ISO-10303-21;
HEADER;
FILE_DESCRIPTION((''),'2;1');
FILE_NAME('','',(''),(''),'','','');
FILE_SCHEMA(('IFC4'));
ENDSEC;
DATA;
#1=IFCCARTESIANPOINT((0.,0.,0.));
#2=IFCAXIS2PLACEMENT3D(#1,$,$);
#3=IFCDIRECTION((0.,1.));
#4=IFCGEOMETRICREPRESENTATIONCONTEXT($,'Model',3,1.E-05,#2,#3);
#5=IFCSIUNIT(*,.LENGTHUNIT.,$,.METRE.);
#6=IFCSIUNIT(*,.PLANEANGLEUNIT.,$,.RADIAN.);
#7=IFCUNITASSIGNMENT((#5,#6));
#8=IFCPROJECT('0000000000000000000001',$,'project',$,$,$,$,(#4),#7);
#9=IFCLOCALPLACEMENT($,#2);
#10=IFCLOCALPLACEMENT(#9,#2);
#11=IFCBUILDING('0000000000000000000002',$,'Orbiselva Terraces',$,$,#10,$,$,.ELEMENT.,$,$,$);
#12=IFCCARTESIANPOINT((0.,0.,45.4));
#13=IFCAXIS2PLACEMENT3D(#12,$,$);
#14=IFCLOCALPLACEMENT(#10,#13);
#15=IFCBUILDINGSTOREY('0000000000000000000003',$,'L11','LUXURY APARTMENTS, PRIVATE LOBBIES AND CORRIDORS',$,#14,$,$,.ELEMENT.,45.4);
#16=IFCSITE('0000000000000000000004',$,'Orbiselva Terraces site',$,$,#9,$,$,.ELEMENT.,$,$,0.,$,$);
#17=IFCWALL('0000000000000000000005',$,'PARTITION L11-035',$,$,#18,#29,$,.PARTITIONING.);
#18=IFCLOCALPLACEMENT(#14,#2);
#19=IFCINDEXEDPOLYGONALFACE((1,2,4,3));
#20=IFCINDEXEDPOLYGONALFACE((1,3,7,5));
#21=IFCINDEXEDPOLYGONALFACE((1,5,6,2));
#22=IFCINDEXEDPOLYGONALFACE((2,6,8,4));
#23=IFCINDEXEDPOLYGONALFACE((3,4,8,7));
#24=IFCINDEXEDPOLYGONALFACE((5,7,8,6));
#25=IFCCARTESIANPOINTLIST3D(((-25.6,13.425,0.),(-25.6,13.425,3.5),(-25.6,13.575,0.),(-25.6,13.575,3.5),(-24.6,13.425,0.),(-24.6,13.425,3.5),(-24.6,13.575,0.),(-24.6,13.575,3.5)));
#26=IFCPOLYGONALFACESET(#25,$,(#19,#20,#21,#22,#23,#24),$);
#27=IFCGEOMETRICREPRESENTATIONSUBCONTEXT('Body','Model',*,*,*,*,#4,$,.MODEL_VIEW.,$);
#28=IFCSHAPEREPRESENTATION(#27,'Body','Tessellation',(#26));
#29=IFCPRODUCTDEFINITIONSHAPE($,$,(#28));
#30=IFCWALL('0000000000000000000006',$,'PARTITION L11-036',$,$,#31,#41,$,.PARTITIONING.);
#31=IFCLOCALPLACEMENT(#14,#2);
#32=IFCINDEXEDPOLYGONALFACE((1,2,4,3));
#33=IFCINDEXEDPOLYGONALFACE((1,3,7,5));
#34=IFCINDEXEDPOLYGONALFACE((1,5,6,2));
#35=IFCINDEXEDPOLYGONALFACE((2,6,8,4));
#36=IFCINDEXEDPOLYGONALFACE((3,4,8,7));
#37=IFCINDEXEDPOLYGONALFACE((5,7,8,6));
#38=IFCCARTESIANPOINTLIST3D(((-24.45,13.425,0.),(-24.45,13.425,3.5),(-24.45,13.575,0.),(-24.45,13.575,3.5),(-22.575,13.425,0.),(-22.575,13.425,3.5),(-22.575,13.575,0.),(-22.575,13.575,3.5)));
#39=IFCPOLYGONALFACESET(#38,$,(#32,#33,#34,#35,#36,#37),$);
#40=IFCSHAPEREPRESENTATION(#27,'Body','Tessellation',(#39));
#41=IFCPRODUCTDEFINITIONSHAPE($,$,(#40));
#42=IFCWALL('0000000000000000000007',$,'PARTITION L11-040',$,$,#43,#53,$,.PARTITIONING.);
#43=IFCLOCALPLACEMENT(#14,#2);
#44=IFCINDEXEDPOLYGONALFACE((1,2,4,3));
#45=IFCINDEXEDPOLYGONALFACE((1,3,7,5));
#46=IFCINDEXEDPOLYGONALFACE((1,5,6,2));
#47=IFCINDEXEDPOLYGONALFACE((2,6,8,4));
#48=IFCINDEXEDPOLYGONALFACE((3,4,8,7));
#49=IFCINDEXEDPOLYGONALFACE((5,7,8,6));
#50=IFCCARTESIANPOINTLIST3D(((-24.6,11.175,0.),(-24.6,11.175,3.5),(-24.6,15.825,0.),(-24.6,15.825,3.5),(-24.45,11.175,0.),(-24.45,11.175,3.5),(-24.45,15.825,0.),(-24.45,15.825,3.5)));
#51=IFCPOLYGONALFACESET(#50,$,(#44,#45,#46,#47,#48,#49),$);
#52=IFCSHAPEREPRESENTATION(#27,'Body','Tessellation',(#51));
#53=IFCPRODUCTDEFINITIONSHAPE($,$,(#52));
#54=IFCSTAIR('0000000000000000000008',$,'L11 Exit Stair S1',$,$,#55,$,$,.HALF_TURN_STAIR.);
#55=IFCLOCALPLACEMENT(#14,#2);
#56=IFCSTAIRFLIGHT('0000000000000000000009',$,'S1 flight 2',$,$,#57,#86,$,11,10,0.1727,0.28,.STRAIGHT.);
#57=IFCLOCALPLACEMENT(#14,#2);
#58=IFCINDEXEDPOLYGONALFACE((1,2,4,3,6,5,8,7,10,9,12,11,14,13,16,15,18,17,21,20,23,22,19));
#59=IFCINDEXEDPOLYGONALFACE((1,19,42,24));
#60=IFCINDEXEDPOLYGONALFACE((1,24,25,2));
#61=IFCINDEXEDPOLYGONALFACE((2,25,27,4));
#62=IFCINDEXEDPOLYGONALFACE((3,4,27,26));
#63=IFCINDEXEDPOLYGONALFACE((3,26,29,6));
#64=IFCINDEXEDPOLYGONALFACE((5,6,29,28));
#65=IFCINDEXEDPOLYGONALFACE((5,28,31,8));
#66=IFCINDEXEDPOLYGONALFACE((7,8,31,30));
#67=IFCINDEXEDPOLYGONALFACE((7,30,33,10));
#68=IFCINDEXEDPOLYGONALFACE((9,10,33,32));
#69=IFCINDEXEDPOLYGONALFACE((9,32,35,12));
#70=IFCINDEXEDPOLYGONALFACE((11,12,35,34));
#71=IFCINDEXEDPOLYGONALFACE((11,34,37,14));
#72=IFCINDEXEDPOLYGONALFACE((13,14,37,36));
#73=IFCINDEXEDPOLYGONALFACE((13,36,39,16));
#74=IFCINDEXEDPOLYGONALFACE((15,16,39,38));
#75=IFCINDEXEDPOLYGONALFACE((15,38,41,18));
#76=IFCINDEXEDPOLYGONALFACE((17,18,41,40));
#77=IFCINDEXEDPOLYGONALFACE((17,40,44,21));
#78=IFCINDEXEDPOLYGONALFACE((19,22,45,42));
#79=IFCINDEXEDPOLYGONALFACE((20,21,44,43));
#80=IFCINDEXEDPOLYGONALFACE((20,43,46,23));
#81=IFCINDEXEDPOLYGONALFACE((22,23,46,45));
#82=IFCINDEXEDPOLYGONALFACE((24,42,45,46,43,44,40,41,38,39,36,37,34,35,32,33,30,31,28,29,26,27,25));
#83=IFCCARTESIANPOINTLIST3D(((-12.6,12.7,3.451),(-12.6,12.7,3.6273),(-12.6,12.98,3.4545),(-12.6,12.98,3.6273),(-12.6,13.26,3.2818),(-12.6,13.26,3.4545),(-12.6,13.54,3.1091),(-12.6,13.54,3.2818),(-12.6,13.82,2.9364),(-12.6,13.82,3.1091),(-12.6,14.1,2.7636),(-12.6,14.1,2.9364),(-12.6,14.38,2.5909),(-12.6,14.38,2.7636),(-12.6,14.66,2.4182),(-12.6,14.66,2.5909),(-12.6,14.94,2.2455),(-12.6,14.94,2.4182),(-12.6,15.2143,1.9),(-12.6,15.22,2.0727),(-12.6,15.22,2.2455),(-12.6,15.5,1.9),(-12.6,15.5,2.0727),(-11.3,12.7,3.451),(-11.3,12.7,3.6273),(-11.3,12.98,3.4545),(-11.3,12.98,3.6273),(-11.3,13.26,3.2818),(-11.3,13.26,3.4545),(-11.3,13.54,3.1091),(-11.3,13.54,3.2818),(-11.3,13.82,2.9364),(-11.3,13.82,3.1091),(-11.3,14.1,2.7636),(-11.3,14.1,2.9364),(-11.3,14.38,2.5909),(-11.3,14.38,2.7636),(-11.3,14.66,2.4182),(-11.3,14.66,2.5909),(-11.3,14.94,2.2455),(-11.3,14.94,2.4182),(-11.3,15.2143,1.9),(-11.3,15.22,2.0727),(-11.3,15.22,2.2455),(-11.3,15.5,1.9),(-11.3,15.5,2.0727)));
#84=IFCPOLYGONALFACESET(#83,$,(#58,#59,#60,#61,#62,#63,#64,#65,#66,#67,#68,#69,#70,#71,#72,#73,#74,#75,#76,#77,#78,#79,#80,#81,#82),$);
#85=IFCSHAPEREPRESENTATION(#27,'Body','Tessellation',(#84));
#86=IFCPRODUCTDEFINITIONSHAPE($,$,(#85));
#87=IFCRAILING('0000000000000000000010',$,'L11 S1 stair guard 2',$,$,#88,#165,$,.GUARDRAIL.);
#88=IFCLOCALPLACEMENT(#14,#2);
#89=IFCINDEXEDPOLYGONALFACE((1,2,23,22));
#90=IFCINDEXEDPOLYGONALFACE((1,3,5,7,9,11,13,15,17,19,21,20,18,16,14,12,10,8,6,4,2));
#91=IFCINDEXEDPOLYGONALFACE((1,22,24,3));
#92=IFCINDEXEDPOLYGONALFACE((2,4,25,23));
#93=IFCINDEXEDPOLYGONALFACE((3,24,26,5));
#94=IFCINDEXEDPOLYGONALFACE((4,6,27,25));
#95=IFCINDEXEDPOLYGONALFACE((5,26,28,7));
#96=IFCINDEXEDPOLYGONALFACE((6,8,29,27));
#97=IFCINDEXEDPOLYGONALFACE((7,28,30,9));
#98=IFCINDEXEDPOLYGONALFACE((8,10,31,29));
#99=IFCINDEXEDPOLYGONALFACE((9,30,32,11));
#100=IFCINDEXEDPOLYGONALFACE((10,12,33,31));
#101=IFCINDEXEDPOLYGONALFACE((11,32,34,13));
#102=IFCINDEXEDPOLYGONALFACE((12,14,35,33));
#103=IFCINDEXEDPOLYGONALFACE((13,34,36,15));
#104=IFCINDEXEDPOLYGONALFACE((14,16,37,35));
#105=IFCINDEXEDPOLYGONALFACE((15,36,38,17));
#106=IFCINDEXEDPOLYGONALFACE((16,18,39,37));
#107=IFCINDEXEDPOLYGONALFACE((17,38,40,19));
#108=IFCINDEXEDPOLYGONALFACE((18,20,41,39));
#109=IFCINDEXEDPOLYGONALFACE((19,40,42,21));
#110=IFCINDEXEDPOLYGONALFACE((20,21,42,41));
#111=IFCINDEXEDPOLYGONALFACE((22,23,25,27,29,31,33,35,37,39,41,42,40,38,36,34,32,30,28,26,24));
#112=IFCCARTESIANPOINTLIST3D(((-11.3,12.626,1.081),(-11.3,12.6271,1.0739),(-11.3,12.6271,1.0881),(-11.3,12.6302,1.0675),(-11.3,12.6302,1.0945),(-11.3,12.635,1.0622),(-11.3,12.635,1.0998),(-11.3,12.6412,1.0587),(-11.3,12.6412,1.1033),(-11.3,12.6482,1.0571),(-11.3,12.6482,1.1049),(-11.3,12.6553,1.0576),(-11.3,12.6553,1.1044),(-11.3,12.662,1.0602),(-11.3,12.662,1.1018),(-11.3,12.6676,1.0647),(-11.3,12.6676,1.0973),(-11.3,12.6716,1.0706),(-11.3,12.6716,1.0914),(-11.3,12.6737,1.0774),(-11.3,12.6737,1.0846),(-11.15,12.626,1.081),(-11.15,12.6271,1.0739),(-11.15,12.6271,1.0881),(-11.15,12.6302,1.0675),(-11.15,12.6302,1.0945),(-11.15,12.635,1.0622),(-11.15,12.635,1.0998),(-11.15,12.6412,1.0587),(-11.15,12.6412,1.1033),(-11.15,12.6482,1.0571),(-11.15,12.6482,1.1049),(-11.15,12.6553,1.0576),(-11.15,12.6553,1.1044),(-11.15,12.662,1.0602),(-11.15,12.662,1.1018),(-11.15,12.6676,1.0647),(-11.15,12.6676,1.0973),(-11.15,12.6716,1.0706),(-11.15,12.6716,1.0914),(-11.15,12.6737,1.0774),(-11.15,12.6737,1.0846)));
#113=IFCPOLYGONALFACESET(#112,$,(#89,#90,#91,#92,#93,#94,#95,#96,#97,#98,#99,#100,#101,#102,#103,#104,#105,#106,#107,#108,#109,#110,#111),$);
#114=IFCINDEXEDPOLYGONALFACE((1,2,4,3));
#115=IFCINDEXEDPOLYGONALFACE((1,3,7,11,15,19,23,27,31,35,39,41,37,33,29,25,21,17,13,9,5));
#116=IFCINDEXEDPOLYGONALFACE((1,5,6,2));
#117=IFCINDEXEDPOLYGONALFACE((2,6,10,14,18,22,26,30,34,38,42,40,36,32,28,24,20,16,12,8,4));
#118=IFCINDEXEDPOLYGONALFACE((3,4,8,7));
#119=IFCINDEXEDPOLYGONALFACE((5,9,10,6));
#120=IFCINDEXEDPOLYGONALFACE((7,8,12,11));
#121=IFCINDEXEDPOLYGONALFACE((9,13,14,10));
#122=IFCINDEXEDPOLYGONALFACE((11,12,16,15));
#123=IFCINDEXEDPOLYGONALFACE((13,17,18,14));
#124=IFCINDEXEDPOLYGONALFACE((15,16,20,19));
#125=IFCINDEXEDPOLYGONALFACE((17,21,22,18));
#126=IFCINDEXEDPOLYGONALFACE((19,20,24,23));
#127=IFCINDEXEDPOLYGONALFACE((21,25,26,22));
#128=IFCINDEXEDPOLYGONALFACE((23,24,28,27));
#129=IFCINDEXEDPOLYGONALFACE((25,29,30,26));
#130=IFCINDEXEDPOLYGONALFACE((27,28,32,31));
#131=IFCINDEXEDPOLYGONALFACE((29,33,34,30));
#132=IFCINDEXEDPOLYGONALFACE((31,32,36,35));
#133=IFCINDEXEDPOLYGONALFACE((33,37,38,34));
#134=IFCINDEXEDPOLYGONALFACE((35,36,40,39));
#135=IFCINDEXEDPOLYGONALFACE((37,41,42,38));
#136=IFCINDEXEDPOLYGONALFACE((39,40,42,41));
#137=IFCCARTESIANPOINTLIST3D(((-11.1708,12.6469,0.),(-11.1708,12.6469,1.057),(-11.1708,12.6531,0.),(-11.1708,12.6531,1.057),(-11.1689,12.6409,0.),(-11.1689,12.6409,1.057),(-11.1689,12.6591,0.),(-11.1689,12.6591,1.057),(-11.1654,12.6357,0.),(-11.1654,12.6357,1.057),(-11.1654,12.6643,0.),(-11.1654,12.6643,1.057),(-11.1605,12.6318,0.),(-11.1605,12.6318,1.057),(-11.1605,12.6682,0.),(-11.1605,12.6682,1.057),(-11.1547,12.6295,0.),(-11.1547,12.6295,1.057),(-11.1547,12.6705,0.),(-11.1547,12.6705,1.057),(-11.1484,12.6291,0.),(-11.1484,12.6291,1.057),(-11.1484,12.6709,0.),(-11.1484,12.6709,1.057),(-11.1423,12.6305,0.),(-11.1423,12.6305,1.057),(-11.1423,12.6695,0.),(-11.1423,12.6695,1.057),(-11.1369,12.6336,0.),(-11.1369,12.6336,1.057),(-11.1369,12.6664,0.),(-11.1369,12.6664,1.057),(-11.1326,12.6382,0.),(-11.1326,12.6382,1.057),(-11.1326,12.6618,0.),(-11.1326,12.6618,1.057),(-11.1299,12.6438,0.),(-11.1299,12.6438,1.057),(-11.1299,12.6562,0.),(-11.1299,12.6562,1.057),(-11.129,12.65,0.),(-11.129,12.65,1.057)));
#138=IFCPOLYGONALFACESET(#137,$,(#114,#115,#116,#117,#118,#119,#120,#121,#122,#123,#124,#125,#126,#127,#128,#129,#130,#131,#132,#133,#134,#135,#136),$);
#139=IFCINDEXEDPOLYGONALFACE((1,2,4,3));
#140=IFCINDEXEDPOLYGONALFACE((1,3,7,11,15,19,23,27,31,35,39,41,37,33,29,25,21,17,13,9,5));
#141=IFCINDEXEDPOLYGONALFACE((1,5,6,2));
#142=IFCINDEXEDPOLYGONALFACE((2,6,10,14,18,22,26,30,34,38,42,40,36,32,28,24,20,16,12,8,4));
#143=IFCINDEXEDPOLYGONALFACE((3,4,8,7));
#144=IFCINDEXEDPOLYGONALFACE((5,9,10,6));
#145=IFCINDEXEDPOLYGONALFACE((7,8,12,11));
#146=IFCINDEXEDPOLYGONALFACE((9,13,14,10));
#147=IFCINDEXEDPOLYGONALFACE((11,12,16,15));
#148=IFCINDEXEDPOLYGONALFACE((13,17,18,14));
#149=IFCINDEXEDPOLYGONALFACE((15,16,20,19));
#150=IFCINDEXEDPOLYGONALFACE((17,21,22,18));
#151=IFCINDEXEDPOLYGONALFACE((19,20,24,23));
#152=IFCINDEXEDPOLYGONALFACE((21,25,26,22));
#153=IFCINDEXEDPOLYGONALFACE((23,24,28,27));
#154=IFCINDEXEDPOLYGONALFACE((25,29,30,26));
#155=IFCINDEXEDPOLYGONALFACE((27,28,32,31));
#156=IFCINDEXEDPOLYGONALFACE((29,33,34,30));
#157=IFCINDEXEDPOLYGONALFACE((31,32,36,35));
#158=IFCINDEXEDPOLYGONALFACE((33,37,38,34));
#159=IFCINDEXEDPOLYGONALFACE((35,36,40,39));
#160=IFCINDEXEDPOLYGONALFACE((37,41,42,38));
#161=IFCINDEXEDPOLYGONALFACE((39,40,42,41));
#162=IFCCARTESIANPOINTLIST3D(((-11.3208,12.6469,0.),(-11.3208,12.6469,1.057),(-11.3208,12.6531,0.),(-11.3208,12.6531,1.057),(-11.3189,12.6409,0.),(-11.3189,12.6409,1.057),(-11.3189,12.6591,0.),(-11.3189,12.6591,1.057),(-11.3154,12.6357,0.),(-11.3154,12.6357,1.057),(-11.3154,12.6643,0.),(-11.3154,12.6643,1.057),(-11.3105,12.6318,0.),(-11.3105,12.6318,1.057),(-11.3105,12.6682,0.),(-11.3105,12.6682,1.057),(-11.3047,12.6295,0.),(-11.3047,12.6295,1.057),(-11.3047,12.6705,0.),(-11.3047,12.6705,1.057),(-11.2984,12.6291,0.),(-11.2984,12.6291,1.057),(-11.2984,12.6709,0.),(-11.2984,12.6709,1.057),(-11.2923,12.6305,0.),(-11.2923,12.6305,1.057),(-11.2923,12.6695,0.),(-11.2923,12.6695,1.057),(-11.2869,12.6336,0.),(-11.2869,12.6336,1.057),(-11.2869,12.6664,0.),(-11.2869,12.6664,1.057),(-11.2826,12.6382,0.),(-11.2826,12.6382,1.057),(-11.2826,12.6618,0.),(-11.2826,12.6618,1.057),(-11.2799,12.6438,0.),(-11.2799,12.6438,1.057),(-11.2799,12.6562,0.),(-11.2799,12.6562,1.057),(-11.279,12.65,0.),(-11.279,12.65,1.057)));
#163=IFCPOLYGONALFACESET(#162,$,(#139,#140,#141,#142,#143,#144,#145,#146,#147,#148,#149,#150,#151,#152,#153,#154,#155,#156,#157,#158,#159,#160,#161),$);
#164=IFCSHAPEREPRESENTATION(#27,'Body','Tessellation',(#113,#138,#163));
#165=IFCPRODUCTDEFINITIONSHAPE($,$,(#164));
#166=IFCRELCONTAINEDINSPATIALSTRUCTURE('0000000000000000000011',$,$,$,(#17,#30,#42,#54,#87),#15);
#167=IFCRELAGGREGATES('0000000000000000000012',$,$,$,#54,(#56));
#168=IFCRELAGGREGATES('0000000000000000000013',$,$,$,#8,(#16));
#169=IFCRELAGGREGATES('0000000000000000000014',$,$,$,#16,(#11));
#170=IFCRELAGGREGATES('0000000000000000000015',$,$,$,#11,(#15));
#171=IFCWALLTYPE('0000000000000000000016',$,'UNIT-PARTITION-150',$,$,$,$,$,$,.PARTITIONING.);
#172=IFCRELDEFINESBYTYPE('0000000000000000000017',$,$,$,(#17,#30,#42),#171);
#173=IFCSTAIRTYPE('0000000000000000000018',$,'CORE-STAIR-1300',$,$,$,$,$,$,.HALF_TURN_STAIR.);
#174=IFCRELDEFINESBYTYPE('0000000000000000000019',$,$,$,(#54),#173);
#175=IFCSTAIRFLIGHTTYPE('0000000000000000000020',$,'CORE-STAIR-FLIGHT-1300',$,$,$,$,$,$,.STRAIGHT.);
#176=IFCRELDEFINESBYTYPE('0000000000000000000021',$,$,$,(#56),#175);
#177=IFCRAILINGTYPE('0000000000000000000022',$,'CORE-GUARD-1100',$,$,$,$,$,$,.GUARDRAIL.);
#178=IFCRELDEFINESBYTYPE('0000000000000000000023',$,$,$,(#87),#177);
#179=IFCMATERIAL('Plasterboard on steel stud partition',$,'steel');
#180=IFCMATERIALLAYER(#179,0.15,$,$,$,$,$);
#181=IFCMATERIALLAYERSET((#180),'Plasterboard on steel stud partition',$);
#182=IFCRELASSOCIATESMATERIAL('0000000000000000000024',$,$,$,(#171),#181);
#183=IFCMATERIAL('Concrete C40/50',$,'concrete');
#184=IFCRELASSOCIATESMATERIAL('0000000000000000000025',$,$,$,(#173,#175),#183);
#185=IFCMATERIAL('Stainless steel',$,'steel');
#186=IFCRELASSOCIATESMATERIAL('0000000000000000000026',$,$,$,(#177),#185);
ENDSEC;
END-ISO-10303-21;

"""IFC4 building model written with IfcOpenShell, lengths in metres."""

from ifc_helpers import new_model, si_unit, direction, frame, frame_2d, origin, origin_2d, place, context, subcontext, project, spatial, polyline, rectangle, circle, outline, extrude, material, layer, layer_set, type_object, element, aggregate, save


model = new_model("IFC4")

# Units and contexts
model_context = context("Model", 3, precision=1e-05, world=origin(), true_north=direction((0.0, 1.0)))
body_context = subcontext(model_context, "Body", "Model", "MODEL_VIEW")
ifc_project = project(units=[si_unit("LENGTHUNIT", "METRE"), si_unit("PLANEANGLEUNIT", "RADIAN")], contexts=[model_context])

# Site, building, storey
site_placement = place(None, origin())
site = spatial("IfcSite", under=ifc_project, at=site_placement, Name="Orbiselva Terraces site", CompositionType="ELEMENT", RefElevation=0.0)
building_placement = place(site_placement, origin())
building = spatial("IfcBuilding", under=site, at=building_placement, Name="Orbiselva Terraces", CompositionType="ELEMENT")
storey_placement = place(building_placement, frame((0.0, 0.0, 45.4)))
storey = spatial("IfcBuildingStorey", under=building, at=storey_placement, Name="L11", Description="LUXURY APARTMENTS, PRIVATE LOBBIES AND CORRIDORS", CompositionType="ELEMENT", Elevation=45.4)

# Shared definitions
ifc_material_1 = material(Name="Plasterboard on steel stud partition", Category="steel")

# Shared definitions
ifc_layer_1 = layer(ifc_material_1, 0.15)
ifc_layer_set_1 = layer_set([ifc_layer_1], Name="Plasterboard on steel stud partition")
wall_type_1 = type_object("IfcWallType", Name="UNIT-PARTITION-150", PredefinedType="PARTITIONING", material=ifc_layer_set_1)

# Walls
wall_1_placement = place(storey_placement, frame((-25.6, 13.5, 0.0), z_axis=(0.0, 0.0, 1.0), x_axis=(1.0, 0.0, 0.0)))
element("IfcWall", 1, at=wall_1_placement, inside=storey, type_object=wall_type_1, Name="PARTITION L11-035", PredefinedType="PARTITIONING", context=body_context, shape_type="SweptSolid", body=[
    extrude(rectangle(XDim=1.0, YDim=0.15, at=frame_2d((0.5, 0.0))), origin(), (0.0, 0.0, 1.0), 3.5),
])
wall_2_placement = place(storey_placement, frame((-24.45, 13.5, 0.0), z_axis=(0.0, 0.0, 1.0), x_axis=(1.0, 0.0, 0.0)))
element("IfcWall", 2, at=wall_2_placement, inside=storey, type_object=wall_type_1, Name="PARTITION L11-036", PredefinedType="PARTITIONING", context=body_context, shape_type="SweptSolid", body=[
    extrude(rectangle(XDim=1.875, YDim=0.15, at=frame_2d((0.9375, 0.0))), origin(), (0.0, 0.0, 1.0), 3.5),
])
wall_3_placement = place(storey_placement, frame((-24.525, 11.175, 0.0), z_axis=(0.0, 0.0, 1.0), x_axis=(0.0, 1.0, 0.0)))
element("IfcWall", 3, at=wall_3_placement, inside=storey, type_object=wall_type_1, Name="PARTITION L11-040", PredefinedType="PARTITIONING", context=body_context, shape_type="SweptSolid", body=[
    extrude(rectangle(XDim=4.65, YDim=0.15, at=frame_2d((2.325, 0.0))), origin(), (0.0, 0.0, 1.0), 3.5),
])

# Stair, stair flight
ifc_material_2 = material(Name="Concrete C40/50", Category="concrete")
stair_type = type_object("IfcStairType", Name="CORE-STAIR-1300", PredefinedType="HALF_TURN_STAIR", material=ifc_material_2)
stair_placement = place(storey_placement, origin())
stair = element("IfcStair", 4, at=stair_placement, inside=storey, type_object=stair_type, Name="L11 Exit Stair S1", PredefinedType="HALF_TURN_STAIR")
stair_flight_type = type_object("IfcStairFlightType", Name="CORE-STAIR-FLIGHT-1300", PredefinedType="STRAIGHT", material=ifc_material_2)
stair_flight_placement = place(storey_placement, frame((-11.95, 15.5, 1.9), z_axis=(0.0, 0.0, 1.0), x_axis=(0.0, -1.0, 0.0)))
stair_flight = element("IfcStairFlight", 5, at=stair_flight_placement, type_object=stair_flight_type, Name="S1 flight 2", NumberOfRisers=11, NumberOfTreads=10, PredefinedType="STRAIGHT", RiserHeight=0.1727, TreadLength=0.28, context=body_context, shape_type="SweptSolid", body=[
    extrude(outline(polyline([(0.0, 0.0), (0.0, 0.1727), (0.28, 0.1727), (0.28, 0.3455), (0.56, 0.3455), (0.56, 0.5182), (0.84, 0.5182), (0.84, 0.6909), (1.12, 0.6909), (1.12, 0.8636), (1.4, 0.8636), (1.4, 1.0364), (1.68, 1.0364), (1.68, 1.2091), (1.96, 1.2091), (1.96, 1.3818), (2.24, 1.3818), (2.24, 1.5545), (2.52, 1.5545), (2.52, 1.7273), (2.8, 1.7273), (2.8, 1.9), (2.8, 1.551), (0.2857, 0.0), (0.0, 0.0)])), frame((0.0, 0.65, 0.0), z_axis=(0.0, -1.0, 0.0), x_axis=(1.0, 0.0, 0.0)), (0.0, 0.0, 1.0), 1.3),
])
aggregate(stair, [stair_flight])

# Railing
ifc_material_3 = material(Name="Stainless steel", Category="steel")
railing_type_1 = type_object("IfcRailingType", Name="CORE-GUARD-1100", PredefinedType="GUARDRAIL", material=ifc_material_3)
railing_1_placement = place(storey_placement, frame((-11.15, 12.65, 0.0)))
element("IfcRailing", 6, at=railing_1_placement, inside=storey, type_object=railing_type_1, Name="L11 S1 stair guard 2", PredefinedType="GUARDRAIL", context=body_context, shape_type="SweptSolid", body=[
    extrude(circle(Radius=0.024, at=origin_2d()), frame((0.0, 0.0, 1.081), z_axis=(-1.0, 0.0, 0.0), x_axis=(0.0, -1.0, 0.0)), (0.0, 0.0, 1.0), 0.15),
    extrude(circle(Radius=0.021, at=origin_2d()), origin(), (0.0, 0.0, 1.0), 1.057),
    extrude(circle(Radius=0.021, at=origin_2d()), frame((-0.15, 0.0, 0.0)), (0.0, 0.0, 1.0), 1.057),
])

save(model, "model.ifc")
